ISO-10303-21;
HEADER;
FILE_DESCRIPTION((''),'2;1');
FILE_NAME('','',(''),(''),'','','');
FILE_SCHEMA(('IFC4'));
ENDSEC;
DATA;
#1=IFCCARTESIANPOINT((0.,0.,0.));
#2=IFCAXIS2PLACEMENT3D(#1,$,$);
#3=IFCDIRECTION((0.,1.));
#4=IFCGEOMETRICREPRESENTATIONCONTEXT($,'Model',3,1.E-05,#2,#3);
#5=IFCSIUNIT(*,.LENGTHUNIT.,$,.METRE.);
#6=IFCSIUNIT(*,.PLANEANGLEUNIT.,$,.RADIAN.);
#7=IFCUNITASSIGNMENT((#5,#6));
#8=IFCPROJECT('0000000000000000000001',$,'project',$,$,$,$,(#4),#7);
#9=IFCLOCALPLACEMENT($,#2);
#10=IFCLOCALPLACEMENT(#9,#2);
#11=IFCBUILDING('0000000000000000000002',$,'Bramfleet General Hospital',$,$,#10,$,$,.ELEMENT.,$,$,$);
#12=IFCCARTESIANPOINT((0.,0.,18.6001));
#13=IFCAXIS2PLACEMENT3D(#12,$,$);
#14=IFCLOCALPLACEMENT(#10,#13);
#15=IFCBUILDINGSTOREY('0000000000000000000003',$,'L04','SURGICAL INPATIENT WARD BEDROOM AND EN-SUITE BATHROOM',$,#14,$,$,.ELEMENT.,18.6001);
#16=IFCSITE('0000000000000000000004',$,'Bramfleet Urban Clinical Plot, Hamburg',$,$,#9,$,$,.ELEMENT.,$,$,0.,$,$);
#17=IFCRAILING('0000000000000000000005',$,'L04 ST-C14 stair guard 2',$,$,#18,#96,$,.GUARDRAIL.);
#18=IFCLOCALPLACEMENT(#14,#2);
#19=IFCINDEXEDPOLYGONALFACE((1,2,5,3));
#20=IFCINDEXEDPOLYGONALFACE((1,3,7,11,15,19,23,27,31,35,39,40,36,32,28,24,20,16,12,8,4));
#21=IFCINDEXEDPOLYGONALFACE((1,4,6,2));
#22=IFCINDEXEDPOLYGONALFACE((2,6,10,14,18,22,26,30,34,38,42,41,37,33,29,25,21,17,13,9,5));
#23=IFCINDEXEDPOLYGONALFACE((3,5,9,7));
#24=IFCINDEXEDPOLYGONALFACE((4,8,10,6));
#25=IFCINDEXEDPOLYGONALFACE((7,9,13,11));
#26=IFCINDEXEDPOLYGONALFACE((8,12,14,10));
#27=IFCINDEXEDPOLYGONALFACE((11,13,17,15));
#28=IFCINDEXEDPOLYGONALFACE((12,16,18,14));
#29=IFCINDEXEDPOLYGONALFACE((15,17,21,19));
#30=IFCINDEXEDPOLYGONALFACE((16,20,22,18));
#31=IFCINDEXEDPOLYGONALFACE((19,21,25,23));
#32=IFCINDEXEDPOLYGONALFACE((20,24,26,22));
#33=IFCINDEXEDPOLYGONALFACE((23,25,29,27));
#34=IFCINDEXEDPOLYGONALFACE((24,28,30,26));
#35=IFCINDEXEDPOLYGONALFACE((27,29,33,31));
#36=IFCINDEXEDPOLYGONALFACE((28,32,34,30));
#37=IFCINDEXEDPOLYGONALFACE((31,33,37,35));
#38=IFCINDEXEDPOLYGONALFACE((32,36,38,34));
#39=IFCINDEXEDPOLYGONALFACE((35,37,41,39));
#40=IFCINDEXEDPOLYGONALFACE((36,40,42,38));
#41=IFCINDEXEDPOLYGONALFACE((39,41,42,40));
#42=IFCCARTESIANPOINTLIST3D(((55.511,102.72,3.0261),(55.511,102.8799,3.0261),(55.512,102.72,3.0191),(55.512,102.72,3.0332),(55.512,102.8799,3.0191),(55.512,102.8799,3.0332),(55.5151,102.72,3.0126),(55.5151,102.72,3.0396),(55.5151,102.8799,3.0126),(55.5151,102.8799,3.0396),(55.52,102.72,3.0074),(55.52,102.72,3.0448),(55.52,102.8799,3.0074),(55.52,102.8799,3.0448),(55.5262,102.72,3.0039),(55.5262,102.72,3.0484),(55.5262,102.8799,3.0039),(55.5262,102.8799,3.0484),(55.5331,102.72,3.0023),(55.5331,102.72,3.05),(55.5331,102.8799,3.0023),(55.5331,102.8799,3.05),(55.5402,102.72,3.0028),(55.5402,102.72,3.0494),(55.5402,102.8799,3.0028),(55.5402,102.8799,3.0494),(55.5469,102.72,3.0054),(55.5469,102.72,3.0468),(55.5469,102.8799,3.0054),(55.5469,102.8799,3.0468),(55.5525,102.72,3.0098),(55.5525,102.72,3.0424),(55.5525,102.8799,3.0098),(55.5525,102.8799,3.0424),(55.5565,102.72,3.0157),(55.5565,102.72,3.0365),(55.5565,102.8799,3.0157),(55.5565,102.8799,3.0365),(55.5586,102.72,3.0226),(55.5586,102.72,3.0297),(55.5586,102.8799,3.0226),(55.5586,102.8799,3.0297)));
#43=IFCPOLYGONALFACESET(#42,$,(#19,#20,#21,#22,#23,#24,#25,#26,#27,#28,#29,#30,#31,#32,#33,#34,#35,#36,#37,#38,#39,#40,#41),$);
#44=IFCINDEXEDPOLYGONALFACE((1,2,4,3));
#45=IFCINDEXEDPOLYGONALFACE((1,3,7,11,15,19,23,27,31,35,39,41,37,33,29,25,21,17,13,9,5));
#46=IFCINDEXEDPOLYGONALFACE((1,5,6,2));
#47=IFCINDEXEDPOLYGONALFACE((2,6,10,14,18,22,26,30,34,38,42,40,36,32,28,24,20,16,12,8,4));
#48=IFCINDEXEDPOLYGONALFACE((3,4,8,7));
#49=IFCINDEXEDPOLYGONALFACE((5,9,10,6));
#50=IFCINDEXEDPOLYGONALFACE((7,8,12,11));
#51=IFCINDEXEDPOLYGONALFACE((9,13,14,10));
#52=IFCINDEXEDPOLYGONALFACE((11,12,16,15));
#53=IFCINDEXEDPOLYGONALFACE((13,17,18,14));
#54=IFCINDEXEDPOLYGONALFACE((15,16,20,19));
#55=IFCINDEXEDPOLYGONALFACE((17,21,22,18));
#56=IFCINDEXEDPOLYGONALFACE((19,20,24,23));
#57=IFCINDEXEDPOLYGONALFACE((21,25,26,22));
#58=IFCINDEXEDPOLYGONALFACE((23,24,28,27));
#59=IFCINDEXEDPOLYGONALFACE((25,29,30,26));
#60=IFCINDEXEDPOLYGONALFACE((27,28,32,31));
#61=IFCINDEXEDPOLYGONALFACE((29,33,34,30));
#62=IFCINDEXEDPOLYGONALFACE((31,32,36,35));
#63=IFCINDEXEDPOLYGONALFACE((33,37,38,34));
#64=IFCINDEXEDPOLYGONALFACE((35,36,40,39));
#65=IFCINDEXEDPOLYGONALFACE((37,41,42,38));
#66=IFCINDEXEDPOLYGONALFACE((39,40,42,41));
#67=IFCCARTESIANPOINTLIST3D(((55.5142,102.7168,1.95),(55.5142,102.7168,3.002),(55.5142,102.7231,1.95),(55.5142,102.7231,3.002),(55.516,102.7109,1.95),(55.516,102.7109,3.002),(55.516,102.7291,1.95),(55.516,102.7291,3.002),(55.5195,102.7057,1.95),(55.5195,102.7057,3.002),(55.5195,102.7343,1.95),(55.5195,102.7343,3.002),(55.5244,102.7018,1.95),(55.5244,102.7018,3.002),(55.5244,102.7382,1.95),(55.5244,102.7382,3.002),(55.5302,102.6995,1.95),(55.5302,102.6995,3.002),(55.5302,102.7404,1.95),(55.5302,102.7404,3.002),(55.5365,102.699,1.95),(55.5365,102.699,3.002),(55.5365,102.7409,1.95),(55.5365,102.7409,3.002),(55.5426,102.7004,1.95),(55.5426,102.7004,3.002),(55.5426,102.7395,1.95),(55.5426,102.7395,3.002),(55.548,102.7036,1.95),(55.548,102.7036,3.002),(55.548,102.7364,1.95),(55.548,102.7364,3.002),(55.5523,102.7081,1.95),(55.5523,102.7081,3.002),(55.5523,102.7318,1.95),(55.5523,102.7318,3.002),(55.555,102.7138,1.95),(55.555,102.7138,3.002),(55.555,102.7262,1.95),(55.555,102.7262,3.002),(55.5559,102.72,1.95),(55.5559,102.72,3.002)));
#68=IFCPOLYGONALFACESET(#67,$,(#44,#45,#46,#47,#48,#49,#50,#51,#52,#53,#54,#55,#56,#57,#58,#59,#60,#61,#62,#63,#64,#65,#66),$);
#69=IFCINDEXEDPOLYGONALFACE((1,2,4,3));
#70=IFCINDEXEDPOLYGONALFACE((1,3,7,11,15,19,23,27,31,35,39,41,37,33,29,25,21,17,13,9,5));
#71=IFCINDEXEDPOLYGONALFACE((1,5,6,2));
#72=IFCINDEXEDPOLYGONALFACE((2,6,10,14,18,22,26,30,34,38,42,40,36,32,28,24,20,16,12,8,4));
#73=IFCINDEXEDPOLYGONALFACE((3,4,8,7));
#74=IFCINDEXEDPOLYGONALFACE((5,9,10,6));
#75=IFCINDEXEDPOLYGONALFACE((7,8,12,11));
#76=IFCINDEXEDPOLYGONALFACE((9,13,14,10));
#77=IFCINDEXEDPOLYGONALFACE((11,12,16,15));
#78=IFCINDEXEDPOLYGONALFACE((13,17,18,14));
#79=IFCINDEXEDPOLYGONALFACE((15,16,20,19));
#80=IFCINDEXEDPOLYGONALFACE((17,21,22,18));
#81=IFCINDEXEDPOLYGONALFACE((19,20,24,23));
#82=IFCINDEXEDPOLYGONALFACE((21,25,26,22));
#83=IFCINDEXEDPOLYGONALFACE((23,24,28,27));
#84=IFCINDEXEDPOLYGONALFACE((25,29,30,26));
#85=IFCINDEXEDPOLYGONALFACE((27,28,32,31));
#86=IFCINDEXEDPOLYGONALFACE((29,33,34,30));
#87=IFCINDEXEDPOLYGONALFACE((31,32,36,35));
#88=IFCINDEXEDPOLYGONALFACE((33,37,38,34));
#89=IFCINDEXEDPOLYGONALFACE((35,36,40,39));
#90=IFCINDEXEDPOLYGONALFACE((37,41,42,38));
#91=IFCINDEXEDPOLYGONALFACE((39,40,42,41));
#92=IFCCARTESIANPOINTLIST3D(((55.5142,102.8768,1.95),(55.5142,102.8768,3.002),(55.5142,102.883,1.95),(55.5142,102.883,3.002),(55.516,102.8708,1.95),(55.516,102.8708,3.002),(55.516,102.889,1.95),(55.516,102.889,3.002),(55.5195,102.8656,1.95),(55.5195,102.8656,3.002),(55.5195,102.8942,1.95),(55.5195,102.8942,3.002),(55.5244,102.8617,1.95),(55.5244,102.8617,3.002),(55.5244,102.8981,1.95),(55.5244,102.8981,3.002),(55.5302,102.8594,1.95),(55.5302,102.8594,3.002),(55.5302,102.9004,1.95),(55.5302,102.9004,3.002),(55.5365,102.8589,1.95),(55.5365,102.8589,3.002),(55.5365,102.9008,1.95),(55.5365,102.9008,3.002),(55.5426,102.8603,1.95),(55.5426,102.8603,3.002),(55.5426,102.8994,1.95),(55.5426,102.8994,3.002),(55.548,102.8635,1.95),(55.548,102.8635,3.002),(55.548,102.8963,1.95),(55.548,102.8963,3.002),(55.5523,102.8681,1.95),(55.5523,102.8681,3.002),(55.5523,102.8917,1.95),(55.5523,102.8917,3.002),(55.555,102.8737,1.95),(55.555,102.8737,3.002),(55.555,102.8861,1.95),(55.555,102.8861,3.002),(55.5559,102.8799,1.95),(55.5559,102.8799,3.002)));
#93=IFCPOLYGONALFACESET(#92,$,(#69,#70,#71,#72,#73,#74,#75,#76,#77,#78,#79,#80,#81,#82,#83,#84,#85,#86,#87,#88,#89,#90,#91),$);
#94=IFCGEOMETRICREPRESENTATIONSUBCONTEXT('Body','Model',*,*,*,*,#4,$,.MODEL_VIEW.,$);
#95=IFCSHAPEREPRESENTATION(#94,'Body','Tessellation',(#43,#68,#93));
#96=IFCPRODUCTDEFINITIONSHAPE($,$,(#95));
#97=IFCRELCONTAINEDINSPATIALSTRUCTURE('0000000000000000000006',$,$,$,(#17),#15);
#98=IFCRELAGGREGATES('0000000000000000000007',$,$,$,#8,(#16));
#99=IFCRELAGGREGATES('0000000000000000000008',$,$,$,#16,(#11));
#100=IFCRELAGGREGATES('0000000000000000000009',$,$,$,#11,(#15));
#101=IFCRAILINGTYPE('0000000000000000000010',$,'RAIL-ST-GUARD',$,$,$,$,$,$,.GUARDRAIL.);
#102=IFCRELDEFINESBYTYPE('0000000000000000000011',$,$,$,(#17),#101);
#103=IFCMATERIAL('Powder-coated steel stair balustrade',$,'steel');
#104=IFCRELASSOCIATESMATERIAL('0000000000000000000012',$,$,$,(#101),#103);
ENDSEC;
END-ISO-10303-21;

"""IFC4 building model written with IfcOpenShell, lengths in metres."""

from ifc_helpers import new_model, si_unit, direction, frame, origin, origin_2d, place, context, subcontext, project, spatial, circle, extrude, material, type_object, element, save


model = new_model("IFC4")

# Units and contexts
model_context = context("Model", 3, precision=1e-05, world=origin(), true_north=direction((0.0, 1.0)))
body_context = subcontext(model_context, "Body", "Model", "MODEL_VIEW")
ifc_project = project(units=[si_unit("LENGTHUNIT", "METRE"), si_unit("PLANEANGLEUNIT", "RADIAN")], contexts=[model_context])

# Site, building, storey
site_placement = place(None, origin())
site = spatial("IfcSite", under=ifc_project, at=site_placement, Name="Bramfleet Urban Clinical Plot, Hamburg", CompositionType="ELEMENT", RefElevation=0.0)
building_placement = place(site_placement, origin())
building = spatial("IfcBuilding", under=site, at=building_placement, Name="Bramfleet General Hospital", CompositionType="ELEMENT")
storey_placement = place(building_placement, frame((0.0, 0.0, 18.6001)))
storey = spatial("IfcBuildingStorey", under=building, at=storey_placement, Name="L04", Description="SURGICAL INPATIENT WARD BEDROOM AND EN-SUITE BATHROOM", CompositionType="ELEMENT", Elevation=18.6001)

# Railing
ifc_material_1 = material(Name="Powder-coated steel stair balustrade", Category="steel")
railing_type_1 = type_object("IfcRailingType", Name="RAIL-ST-GUARD", PredefinedType="GUARDRAIL", material=ifc_material_1)
railing_1_placement = place(storey_placement, frame((55.5349, 102.72, 1.95)))
element("IfcRailing", 1, at=railing_1_placement, inside=storey, type_object=railing_type_1, Name="L04 ST-C14 stair guard 2", PredefinedType="GUARDRAIL", context=body_context, shape_type="SweptSolid", body=[
    extrude(circle(Radius=0.0239, at=origin_2d()), frame((0.0, 0.0, 1.0762), z_axis=(0.0, 1.0, 0.0), x_axis=(-1.0, 0.0, 0.0)), (0.0, 0.0, 1.0), 0.1599),
    extrude(circle(Radius=0.021, at=origin_2d()), origin(), (0.0, 0.0, 1.0), 1.052),
    extrude(circle(Radius=0.021, at=origin_2d()), frame((0.0, 0.1599, 0.0)), (0.0, 0.0, 1.0), 1.052),
])

save(model, "model.ifc")
